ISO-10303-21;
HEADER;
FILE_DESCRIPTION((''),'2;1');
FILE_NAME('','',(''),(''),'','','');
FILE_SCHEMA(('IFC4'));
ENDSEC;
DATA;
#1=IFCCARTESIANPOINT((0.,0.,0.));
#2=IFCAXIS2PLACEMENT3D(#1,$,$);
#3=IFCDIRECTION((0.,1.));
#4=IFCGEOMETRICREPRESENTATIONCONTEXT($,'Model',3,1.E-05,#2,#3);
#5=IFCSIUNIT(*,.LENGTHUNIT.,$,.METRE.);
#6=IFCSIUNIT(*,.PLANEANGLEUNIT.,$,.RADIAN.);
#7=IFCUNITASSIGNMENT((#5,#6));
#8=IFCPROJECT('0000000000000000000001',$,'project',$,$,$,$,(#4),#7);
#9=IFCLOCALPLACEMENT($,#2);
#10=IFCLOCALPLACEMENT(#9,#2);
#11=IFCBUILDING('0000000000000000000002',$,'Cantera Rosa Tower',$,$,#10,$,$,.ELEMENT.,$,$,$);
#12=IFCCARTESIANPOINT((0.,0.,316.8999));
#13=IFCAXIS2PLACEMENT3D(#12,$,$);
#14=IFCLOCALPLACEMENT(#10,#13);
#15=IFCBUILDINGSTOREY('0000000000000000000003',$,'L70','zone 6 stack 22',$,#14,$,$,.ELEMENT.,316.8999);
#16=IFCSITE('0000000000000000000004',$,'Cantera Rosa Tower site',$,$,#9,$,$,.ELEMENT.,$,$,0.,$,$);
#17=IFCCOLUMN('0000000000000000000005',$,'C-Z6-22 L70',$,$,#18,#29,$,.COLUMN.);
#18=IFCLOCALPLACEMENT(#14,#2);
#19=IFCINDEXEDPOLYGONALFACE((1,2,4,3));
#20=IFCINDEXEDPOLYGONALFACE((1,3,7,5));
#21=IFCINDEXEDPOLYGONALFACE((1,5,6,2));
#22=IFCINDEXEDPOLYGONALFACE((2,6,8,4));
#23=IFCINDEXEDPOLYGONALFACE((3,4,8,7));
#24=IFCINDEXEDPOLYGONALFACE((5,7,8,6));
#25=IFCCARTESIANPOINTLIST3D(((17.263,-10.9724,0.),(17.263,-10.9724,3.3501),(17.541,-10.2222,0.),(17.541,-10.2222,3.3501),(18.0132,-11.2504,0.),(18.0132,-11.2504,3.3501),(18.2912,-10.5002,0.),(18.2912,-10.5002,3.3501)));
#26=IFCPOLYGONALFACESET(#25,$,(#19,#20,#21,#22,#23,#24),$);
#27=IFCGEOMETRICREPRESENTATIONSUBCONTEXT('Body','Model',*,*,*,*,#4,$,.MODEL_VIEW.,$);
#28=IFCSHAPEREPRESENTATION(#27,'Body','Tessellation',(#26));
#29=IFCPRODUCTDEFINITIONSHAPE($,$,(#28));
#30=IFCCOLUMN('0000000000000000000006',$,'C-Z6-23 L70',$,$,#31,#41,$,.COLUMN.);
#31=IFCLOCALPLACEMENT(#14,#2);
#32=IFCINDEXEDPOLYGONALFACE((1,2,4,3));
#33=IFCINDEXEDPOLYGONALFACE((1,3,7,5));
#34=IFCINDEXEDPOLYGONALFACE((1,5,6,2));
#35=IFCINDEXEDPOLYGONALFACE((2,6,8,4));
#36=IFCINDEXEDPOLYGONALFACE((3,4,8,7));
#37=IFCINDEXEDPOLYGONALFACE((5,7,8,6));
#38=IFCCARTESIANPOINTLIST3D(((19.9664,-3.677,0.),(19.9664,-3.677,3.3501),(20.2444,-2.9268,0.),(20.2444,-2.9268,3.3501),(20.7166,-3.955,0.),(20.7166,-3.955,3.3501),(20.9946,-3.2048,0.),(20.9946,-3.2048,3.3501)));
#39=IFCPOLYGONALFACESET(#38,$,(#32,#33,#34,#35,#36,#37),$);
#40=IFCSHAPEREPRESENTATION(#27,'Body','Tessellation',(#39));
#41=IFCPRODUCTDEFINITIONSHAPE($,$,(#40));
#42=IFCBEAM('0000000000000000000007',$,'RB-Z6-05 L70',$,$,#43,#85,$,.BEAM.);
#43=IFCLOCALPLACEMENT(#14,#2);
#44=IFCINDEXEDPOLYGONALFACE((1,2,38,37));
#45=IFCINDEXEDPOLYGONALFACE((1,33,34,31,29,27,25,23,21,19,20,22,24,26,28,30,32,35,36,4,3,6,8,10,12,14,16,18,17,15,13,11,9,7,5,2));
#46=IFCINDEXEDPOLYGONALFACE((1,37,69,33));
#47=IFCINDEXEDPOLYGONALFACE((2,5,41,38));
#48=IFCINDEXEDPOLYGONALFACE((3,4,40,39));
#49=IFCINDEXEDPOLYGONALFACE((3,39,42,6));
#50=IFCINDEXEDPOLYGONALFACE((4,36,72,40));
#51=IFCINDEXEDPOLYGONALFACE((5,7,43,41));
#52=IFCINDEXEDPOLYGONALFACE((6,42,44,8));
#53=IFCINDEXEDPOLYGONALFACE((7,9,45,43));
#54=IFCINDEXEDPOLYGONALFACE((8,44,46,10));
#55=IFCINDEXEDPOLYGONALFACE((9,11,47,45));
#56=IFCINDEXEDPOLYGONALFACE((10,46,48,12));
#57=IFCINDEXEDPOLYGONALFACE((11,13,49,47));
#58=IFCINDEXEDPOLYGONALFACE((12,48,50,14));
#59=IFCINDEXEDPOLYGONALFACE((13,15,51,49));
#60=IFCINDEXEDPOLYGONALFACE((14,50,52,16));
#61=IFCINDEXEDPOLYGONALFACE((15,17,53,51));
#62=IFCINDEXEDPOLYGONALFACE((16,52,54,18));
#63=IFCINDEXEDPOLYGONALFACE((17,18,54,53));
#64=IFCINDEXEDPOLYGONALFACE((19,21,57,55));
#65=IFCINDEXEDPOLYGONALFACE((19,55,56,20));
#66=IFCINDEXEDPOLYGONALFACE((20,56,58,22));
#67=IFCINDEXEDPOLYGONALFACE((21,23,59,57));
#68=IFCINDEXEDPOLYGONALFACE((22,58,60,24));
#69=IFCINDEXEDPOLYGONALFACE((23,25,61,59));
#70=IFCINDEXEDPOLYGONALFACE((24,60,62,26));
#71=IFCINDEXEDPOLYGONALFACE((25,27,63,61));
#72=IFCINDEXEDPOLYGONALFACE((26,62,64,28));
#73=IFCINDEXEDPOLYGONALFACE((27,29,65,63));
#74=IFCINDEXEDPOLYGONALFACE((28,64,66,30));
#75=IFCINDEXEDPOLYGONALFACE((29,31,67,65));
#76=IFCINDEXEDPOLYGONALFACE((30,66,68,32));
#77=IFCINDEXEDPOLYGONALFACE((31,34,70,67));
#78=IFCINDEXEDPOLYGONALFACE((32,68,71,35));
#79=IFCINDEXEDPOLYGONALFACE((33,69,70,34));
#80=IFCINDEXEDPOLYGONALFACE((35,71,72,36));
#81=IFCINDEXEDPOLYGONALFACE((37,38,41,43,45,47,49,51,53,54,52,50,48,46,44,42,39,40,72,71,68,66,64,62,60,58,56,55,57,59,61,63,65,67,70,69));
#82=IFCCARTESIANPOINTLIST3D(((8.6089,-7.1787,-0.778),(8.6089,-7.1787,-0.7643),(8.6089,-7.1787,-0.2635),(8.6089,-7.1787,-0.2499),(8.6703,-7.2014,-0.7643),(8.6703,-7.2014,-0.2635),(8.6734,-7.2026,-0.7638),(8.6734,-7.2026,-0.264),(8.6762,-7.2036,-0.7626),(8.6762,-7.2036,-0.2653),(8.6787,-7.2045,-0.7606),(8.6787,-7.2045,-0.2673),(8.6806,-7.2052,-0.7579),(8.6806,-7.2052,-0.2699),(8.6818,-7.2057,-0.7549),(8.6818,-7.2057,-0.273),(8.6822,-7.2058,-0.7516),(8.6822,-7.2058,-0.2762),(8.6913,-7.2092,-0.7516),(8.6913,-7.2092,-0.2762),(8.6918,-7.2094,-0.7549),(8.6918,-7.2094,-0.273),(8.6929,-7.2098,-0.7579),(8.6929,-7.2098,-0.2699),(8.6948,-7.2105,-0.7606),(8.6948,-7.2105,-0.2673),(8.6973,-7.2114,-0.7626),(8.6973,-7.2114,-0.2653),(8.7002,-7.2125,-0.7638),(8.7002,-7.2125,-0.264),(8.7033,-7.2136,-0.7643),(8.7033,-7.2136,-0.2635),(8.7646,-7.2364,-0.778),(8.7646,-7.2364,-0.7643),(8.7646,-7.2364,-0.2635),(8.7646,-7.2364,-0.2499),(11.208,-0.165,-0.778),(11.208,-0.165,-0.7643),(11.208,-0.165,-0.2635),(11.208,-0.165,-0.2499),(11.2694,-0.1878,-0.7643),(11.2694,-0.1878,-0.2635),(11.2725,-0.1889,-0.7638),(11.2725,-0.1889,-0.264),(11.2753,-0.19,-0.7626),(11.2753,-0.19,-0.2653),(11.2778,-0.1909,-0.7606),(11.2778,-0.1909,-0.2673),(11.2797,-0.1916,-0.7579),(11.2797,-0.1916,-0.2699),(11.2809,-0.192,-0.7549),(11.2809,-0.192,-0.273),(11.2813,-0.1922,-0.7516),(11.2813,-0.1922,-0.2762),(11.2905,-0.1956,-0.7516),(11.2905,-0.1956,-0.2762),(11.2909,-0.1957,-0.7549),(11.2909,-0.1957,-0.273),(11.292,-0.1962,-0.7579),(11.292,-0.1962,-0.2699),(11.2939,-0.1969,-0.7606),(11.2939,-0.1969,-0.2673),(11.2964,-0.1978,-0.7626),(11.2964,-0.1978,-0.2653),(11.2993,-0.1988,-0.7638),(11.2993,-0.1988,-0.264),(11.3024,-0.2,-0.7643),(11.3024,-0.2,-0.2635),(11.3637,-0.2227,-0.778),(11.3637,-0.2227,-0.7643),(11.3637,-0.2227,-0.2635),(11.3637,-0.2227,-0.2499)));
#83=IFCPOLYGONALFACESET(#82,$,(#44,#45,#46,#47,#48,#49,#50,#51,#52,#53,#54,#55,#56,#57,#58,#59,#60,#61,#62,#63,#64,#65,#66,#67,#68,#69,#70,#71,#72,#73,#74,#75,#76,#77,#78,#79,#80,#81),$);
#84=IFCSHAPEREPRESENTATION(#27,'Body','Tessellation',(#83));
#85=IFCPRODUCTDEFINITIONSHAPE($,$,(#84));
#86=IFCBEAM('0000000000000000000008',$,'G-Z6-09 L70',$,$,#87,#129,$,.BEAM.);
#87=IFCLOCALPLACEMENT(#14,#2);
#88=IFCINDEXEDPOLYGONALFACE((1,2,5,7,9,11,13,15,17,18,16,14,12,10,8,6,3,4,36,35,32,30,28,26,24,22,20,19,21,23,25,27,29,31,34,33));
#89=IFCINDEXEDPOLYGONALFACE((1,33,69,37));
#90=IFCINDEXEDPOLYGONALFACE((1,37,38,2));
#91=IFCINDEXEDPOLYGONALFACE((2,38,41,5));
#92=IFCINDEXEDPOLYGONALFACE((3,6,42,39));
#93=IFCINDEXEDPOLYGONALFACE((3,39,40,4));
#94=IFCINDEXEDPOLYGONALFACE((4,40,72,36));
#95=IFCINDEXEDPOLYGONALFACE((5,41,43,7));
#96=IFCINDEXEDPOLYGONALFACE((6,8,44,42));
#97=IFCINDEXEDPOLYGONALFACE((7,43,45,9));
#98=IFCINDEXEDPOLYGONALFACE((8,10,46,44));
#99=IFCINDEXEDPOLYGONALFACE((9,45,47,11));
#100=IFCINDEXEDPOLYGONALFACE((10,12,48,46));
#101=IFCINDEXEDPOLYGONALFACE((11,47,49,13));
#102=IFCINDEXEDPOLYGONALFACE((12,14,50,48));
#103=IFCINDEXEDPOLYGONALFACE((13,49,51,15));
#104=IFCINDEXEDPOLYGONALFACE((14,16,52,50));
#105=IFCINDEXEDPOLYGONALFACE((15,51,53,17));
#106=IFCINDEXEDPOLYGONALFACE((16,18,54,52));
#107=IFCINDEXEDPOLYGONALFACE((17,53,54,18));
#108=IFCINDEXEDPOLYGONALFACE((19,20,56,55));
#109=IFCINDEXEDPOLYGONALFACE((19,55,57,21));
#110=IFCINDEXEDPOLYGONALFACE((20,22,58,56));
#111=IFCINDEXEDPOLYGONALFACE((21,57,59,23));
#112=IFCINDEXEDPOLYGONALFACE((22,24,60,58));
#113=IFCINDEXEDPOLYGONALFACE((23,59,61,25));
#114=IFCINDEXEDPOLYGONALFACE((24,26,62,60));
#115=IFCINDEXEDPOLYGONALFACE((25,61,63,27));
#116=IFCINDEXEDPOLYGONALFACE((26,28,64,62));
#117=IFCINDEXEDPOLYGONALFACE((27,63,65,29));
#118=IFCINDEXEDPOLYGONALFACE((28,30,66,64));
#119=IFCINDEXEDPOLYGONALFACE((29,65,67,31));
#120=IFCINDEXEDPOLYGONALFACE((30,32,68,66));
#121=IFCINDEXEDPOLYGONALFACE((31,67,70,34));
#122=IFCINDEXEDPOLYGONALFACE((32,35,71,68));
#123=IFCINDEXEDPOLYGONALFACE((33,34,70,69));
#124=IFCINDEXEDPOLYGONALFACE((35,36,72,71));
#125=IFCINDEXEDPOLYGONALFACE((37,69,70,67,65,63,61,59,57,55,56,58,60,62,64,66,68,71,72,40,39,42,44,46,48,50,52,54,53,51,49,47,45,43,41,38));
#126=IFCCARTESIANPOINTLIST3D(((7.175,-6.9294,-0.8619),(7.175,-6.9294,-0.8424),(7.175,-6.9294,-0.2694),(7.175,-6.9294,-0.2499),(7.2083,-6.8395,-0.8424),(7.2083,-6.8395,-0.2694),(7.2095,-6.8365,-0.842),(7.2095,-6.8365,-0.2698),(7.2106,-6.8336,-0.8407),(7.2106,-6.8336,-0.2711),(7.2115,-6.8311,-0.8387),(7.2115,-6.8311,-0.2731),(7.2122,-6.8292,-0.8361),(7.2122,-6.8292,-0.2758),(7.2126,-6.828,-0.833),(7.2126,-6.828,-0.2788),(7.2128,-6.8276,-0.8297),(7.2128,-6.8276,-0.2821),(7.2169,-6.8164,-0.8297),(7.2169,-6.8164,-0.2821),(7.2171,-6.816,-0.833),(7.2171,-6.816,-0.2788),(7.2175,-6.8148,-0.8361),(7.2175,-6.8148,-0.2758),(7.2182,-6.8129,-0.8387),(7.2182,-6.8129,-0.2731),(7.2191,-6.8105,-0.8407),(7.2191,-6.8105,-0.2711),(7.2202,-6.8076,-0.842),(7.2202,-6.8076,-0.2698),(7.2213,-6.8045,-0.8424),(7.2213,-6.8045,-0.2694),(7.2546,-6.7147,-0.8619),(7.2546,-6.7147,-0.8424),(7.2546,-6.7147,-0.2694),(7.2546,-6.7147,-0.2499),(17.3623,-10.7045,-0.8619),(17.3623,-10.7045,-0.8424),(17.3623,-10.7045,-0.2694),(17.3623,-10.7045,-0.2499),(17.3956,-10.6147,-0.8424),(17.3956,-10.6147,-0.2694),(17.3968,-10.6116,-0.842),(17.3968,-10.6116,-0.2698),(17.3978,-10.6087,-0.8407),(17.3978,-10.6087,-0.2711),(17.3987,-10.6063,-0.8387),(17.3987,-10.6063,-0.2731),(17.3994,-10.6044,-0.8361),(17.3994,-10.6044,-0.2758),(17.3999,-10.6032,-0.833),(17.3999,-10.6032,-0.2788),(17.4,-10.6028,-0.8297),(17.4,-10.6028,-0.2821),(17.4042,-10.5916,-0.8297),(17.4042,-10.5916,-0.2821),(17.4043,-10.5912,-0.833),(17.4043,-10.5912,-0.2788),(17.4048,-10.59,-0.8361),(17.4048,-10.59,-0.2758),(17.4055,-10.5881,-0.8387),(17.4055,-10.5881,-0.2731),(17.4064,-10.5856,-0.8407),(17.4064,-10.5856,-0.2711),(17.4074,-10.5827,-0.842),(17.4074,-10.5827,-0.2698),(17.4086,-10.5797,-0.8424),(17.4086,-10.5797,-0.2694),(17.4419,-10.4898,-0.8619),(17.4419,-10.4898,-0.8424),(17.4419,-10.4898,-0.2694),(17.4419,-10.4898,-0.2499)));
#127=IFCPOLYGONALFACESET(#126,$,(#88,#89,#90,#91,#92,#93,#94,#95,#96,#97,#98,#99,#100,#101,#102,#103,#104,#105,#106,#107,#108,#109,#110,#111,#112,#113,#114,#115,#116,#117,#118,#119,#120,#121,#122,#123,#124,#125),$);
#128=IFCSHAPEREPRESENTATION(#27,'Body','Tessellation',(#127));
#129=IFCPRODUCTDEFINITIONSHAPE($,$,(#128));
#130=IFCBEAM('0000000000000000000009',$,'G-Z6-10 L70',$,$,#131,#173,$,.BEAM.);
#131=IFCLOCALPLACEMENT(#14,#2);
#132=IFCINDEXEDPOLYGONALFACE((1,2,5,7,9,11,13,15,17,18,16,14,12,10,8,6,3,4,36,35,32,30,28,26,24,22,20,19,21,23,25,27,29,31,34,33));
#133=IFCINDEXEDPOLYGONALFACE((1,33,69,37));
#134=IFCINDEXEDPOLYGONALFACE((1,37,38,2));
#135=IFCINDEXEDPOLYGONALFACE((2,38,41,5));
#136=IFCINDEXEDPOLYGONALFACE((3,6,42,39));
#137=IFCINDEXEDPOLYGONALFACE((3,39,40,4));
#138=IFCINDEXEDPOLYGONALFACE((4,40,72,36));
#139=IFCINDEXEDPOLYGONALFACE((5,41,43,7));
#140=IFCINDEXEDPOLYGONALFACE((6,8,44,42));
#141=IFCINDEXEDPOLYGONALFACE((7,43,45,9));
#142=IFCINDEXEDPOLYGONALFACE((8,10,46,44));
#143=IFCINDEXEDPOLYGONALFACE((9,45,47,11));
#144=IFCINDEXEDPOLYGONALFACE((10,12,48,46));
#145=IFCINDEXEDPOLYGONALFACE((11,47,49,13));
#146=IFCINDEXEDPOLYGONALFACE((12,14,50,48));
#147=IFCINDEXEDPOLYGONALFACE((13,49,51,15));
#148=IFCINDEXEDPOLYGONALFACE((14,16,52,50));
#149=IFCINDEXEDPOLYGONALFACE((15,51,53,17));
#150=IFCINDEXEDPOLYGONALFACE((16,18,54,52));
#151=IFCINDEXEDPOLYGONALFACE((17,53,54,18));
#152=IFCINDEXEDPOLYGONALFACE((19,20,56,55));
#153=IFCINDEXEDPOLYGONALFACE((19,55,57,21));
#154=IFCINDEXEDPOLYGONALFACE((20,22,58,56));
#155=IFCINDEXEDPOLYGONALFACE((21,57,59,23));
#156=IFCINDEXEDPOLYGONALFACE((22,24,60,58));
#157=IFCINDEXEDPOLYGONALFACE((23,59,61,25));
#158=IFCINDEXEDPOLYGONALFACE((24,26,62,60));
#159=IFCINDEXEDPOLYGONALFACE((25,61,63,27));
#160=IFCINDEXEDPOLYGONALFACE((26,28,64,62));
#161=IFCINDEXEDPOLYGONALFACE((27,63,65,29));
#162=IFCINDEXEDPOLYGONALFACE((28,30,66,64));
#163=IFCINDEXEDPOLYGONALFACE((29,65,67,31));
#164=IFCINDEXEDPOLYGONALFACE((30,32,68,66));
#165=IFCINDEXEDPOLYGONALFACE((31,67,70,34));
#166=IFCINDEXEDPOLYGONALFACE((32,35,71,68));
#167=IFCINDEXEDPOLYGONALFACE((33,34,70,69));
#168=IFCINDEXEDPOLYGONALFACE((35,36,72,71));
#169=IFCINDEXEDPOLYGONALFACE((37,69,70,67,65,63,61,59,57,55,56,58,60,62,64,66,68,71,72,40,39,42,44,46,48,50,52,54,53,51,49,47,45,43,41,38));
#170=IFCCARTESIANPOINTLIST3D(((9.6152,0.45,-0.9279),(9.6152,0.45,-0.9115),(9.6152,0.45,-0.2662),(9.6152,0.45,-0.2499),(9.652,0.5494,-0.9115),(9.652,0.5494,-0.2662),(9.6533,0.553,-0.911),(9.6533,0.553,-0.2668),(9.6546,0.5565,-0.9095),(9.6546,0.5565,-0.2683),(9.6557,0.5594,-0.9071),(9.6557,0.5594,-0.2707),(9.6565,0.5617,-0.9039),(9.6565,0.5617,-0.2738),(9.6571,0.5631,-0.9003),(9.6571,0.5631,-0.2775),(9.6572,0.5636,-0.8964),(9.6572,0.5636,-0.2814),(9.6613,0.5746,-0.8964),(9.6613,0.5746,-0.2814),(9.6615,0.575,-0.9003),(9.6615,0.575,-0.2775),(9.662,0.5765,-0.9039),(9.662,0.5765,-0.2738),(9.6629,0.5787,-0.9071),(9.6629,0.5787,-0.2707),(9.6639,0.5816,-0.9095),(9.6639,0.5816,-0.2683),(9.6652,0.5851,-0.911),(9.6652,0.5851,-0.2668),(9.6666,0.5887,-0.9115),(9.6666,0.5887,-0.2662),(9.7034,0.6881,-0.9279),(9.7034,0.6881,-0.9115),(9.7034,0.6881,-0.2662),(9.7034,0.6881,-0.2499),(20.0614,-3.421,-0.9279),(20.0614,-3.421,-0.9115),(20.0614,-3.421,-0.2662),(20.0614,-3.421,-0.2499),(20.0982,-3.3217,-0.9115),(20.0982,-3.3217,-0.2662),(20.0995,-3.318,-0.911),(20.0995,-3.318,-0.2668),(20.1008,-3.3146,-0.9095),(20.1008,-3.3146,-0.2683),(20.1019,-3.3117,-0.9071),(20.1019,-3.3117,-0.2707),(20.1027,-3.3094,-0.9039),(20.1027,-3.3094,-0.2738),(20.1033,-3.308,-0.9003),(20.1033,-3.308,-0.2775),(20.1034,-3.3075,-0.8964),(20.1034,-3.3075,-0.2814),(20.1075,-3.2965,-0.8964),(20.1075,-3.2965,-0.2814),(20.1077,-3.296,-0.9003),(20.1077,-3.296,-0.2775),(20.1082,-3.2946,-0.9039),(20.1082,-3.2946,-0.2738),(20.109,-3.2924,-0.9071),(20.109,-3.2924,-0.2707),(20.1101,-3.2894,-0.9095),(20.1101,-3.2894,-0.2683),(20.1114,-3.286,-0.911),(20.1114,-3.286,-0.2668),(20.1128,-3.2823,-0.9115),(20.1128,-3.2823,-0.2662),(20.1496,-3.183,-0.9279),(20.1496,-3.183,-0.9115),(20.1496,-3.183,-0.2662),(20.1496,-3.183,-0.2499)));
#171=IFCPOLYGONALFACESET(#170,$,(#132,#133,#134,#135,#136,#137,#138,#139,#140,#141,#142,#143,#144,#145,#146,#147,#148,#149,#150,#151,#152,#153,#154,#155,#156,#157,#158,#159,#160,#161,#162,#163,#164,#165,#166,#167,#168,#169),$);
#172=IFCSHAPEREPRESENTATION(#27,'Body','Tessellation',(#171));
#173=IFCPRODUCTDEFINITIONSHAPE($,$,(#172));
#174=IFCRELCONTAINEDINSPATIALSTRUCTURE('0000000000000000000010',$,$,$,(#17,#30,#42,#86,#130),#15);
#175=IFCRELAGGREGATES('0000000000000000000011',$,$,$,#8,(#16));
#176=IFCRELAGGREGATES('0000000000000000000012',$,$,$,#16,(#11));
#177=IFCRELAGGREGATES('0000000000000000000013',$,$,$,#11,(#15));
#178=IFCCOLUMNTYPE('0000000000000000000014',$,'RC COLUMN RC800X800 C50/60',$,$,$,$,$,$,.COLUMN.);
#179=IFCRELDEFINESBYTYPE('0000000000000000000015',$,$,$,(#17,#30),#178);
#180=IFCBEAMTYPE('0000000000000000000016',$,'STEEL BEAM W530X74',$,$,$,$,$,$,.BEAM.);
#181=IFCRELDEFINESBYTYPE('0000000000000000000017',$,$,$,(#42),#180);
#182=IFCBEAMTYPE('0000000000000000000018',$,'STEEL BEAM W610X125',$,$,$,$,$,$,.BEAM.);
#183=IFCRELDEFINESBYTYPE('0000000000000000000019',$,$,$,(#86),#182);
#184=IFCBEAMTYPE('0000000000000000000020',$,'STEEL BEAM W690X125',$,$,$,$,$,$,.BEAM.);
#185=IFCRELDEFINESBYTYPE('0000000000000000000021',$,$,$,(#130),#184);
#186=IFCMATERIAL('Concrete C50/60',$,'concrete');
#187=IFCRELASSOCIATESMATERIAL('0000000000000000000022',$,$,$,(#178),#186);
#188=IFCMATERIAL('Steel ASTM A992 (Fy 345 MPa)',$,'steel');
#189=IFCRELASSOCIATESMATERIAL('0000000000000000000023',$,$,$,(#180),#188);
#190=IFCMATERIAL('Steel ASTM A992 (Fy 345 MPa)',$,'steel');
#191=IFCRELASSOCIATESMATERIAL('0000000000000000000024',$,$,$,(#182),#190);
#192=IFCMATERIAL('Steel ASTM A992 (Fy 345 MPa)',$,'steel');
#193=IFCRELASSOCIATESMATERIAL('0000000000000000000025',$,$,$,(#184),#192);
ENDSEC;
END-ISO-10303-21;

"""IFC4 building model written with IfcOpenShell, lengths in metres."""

from ifc_helpers import new_model, si_unit, direction, frame, origin, origin_2d, place, context, subcontext, project, spatial, rectangle, i_section, extrude, material, material_profile, profile_set, type_object, element, save


model = new_model("IFC4")

# Units and contexts
model_context = context("Model", 3, precision=1e-05, world=origin(), true_north=direction((0.0, 1.0)))
body_context = subcontext(model_context, "Body", "Model", "MODEL_VIEW")
ifc_project = project(units=[si_unit("LENGTHUNIT", "METRE"), si_unit("PLANEANGLEUNIT", "RADIAN")], contexts=[model_context])

# Site, building, storey
site_placement = place(None, origin())
site = spatial("IfcSite", under=ifc_project, at=site_placement, Name="Cantera Rosa Tower site", CompositionType="ELEMENT", RefElevation=0.0)
building_placement = place(site_placement, origin())
building = spatial("IfcBuilding", under=site, at=building_placement, Name="Cantera Rosa Tower", CompositionType="ELEMENT")
storey_placement = place(building_placement, frame((0.0, 0.0, 316.8999)))
storey = spatial("IfcBuildingStorey", under=building, at=storey_placement, Name="L70", Description="zone 6 stack 22", CompositionType="ELEMENT", Elevation=316.8999)

# Columns
ifc_material_1 = material(Name="Concrete C50/60", Category="concrete")
ifc_material_profile_1 = material_profile(ifc_material_1, rectangle(XDim=0.8, YDim=0.8, at=origin_2d()), Name="RC COLUMN RC800X800 C50/60")
ifc_profile_set_1 = profile_set([ifc_material_profile_1], Name="Concrete C50/60")
column_type = type_object("IfcColumnType", Name="RC COLUMN RC800X800 C50/60", PredefinedType="COLUMN", material=ifc_profile_set_1)
for number, where, z_axis, x_axis, name in (
    (1, (17.7771, -10.7363, 0.0), (0.0, 0.0, 1.0), (0.347481, 0.937687, 0.0), "C-Z6-22 L70"),
    (2, (20.4805, -3.4409, 0.0), (0.0, 0.0, 1.0), (0.347481, 0.937687, 0.0), "C-Z6-23 L70"),
):
    element("IfcColumn", number, at=place(storey_placement, frame(where, z_axis=z_axis, x_axis=x_axis)), inside=storey, type_object=column_type, Name=name, PredefinedType="COLUMN", context=body_context, shape_type="SweptSolid", body=[
        extrude(rectangle(XDim=0.8, YDim=0.8, at=origin_2d()), origin(), (0.0, 0.0, 1.0), 3.3501),
    ])

# Beams
ifc_material_2 = material(Name="Steel ASTM A992 (Fy 345 MPa)", Category="steel")
ifc_material_profile_2 = material_profile(ifc_material_2, i_section(OverallWidth=0.166, OverallDepth=0.5281, WebThickness=0.0098, FlangeThickness=0.0137, FilletRadius=0.0127, at=origin_2d()), Name="W530X74")
ifc_profile_set_2 = profile_set([ifc_material_profile_2], Name="Steel ASTM A992 (Fy 345 MPa)")
beam_type_1 = type_object("IfcBeamType", Name="STEEL BEAM W530X74", PredefinedType="BEAM", material=ifc_profile_set_2)
beam_1_placement = place(storey_placement, frame((8.6868, -7.2075, -0.5139), z_axis=(0.347487, 0.937685, 0.0), x_axis=(-0.937685, 0.347487, 0.0)))
element("IfcBeam", 3, at=beam_1_placement, inside=storey, type_object=beam_type_1, Name="RB-Z6-05 L70", PredefinedType="BEAM", context=body_context, shape_type="SweptSolid", body=[
    extrude(i_section(OverallWidth=0.166, OverallDepth=0.5281, WebThickness=0.0098, FlangeThickness=0.0137, FilletRadius=0.0127, at=origin_2d()), origin(), (0.0, 0.0, 1.0), 7.4797),
])
ifc_material_3 = material(Name="Steel ASTM A992 (Fy 345 MPa)", Category="steel")
ifc_material_profile_3 = material_profile(ifc_material_3, i_section(OverallWidth=0.229, OverallDepth=0.6121, WebThickness=0.012, FlangeThickness=0.0195, FilletRadius=0.0127, at=origin_2d()), Name="W610X125")
ifc_profile_set_3 = profile_set([ifc_material_profile_3], Name="Steel ASTM A992 (Fy 345 MPa)")
beam_type_2 = type_object("IfcBeamType", Name="STEEL BEAM W610X125", PredefinedType="BEAM", material=ifc_profile_set_3)
beam_2_placement = place(storey_placement, frame((17.4021, -10.5972, -0.5559), z_axis=(-0.937686, 0.347483, 0.0), x_axis=(-0.347483, -0.937686, 0.0)))
element("IfcBeam", 4, at=beam_2_placement, inside=storey, type_object=beam_type_2, Name="G-Z6-09 L70", PredefinedType="BEAM", context=body_context, shape_type="SweptSolid", body=[
    extrude(i_section(OverallWidth=0.229, OverallDepth=0.6121, WebThickness=0.012, FlangeThickness=0.0195, FilletRadius=0.0127, at=origin_2d()), origin(), (0.0, 0.0, 1.0), 10.8643),
])
ifc_material_4 = material(Name="Steel ASTM A992 (Fy 345 MPa)", Category="steel")
ifc_material_profile_4 = material_profile(ifc_material_4, i_section(OverallWidth=0.2539, OverallDepth=0.678, WebThickness=0.0117, FlangeThickness=0.0164, FilletRadius=0.0151, at=origin_2d()), Name="W690X125")
ifc_profile_set_4 = profile_set([ifc_material_profile_4], Name="Steel ASTM A992 (Fy 345 MPa)")
beam_type_3 = type_object("IfcBeamType", Name="STEEL BEAM W690X125", PredefinedType="BEAM", material=ifc_profile_set_4)
beam_3_placement = place(storey_placement, frame((20.1055, -3.302, -0.5889), z_axis=(-0.937687, 0.34748, 0.0), x_axis=(-0.34748, -0.937687, 0.0)))
element("IfcBeam", 5, at=beam_3_placement, inside=storey, type_object=beam_type_3, Name="G-Z6-10 L70", PredefinedType="BEAM", context=body_context, shape_type="SweptSolid", body=[
    extrude(i_section(OverallWidth=0.2539, OverallDepth=0.678, WebThickness=0.0117, FlangeThickness=0.0164, FilletRadius=0.0151, at=origin_2d()), origin(), (0.0, 0.0, 1.0), 11.1404),
])

save(model, "model.ifc")
